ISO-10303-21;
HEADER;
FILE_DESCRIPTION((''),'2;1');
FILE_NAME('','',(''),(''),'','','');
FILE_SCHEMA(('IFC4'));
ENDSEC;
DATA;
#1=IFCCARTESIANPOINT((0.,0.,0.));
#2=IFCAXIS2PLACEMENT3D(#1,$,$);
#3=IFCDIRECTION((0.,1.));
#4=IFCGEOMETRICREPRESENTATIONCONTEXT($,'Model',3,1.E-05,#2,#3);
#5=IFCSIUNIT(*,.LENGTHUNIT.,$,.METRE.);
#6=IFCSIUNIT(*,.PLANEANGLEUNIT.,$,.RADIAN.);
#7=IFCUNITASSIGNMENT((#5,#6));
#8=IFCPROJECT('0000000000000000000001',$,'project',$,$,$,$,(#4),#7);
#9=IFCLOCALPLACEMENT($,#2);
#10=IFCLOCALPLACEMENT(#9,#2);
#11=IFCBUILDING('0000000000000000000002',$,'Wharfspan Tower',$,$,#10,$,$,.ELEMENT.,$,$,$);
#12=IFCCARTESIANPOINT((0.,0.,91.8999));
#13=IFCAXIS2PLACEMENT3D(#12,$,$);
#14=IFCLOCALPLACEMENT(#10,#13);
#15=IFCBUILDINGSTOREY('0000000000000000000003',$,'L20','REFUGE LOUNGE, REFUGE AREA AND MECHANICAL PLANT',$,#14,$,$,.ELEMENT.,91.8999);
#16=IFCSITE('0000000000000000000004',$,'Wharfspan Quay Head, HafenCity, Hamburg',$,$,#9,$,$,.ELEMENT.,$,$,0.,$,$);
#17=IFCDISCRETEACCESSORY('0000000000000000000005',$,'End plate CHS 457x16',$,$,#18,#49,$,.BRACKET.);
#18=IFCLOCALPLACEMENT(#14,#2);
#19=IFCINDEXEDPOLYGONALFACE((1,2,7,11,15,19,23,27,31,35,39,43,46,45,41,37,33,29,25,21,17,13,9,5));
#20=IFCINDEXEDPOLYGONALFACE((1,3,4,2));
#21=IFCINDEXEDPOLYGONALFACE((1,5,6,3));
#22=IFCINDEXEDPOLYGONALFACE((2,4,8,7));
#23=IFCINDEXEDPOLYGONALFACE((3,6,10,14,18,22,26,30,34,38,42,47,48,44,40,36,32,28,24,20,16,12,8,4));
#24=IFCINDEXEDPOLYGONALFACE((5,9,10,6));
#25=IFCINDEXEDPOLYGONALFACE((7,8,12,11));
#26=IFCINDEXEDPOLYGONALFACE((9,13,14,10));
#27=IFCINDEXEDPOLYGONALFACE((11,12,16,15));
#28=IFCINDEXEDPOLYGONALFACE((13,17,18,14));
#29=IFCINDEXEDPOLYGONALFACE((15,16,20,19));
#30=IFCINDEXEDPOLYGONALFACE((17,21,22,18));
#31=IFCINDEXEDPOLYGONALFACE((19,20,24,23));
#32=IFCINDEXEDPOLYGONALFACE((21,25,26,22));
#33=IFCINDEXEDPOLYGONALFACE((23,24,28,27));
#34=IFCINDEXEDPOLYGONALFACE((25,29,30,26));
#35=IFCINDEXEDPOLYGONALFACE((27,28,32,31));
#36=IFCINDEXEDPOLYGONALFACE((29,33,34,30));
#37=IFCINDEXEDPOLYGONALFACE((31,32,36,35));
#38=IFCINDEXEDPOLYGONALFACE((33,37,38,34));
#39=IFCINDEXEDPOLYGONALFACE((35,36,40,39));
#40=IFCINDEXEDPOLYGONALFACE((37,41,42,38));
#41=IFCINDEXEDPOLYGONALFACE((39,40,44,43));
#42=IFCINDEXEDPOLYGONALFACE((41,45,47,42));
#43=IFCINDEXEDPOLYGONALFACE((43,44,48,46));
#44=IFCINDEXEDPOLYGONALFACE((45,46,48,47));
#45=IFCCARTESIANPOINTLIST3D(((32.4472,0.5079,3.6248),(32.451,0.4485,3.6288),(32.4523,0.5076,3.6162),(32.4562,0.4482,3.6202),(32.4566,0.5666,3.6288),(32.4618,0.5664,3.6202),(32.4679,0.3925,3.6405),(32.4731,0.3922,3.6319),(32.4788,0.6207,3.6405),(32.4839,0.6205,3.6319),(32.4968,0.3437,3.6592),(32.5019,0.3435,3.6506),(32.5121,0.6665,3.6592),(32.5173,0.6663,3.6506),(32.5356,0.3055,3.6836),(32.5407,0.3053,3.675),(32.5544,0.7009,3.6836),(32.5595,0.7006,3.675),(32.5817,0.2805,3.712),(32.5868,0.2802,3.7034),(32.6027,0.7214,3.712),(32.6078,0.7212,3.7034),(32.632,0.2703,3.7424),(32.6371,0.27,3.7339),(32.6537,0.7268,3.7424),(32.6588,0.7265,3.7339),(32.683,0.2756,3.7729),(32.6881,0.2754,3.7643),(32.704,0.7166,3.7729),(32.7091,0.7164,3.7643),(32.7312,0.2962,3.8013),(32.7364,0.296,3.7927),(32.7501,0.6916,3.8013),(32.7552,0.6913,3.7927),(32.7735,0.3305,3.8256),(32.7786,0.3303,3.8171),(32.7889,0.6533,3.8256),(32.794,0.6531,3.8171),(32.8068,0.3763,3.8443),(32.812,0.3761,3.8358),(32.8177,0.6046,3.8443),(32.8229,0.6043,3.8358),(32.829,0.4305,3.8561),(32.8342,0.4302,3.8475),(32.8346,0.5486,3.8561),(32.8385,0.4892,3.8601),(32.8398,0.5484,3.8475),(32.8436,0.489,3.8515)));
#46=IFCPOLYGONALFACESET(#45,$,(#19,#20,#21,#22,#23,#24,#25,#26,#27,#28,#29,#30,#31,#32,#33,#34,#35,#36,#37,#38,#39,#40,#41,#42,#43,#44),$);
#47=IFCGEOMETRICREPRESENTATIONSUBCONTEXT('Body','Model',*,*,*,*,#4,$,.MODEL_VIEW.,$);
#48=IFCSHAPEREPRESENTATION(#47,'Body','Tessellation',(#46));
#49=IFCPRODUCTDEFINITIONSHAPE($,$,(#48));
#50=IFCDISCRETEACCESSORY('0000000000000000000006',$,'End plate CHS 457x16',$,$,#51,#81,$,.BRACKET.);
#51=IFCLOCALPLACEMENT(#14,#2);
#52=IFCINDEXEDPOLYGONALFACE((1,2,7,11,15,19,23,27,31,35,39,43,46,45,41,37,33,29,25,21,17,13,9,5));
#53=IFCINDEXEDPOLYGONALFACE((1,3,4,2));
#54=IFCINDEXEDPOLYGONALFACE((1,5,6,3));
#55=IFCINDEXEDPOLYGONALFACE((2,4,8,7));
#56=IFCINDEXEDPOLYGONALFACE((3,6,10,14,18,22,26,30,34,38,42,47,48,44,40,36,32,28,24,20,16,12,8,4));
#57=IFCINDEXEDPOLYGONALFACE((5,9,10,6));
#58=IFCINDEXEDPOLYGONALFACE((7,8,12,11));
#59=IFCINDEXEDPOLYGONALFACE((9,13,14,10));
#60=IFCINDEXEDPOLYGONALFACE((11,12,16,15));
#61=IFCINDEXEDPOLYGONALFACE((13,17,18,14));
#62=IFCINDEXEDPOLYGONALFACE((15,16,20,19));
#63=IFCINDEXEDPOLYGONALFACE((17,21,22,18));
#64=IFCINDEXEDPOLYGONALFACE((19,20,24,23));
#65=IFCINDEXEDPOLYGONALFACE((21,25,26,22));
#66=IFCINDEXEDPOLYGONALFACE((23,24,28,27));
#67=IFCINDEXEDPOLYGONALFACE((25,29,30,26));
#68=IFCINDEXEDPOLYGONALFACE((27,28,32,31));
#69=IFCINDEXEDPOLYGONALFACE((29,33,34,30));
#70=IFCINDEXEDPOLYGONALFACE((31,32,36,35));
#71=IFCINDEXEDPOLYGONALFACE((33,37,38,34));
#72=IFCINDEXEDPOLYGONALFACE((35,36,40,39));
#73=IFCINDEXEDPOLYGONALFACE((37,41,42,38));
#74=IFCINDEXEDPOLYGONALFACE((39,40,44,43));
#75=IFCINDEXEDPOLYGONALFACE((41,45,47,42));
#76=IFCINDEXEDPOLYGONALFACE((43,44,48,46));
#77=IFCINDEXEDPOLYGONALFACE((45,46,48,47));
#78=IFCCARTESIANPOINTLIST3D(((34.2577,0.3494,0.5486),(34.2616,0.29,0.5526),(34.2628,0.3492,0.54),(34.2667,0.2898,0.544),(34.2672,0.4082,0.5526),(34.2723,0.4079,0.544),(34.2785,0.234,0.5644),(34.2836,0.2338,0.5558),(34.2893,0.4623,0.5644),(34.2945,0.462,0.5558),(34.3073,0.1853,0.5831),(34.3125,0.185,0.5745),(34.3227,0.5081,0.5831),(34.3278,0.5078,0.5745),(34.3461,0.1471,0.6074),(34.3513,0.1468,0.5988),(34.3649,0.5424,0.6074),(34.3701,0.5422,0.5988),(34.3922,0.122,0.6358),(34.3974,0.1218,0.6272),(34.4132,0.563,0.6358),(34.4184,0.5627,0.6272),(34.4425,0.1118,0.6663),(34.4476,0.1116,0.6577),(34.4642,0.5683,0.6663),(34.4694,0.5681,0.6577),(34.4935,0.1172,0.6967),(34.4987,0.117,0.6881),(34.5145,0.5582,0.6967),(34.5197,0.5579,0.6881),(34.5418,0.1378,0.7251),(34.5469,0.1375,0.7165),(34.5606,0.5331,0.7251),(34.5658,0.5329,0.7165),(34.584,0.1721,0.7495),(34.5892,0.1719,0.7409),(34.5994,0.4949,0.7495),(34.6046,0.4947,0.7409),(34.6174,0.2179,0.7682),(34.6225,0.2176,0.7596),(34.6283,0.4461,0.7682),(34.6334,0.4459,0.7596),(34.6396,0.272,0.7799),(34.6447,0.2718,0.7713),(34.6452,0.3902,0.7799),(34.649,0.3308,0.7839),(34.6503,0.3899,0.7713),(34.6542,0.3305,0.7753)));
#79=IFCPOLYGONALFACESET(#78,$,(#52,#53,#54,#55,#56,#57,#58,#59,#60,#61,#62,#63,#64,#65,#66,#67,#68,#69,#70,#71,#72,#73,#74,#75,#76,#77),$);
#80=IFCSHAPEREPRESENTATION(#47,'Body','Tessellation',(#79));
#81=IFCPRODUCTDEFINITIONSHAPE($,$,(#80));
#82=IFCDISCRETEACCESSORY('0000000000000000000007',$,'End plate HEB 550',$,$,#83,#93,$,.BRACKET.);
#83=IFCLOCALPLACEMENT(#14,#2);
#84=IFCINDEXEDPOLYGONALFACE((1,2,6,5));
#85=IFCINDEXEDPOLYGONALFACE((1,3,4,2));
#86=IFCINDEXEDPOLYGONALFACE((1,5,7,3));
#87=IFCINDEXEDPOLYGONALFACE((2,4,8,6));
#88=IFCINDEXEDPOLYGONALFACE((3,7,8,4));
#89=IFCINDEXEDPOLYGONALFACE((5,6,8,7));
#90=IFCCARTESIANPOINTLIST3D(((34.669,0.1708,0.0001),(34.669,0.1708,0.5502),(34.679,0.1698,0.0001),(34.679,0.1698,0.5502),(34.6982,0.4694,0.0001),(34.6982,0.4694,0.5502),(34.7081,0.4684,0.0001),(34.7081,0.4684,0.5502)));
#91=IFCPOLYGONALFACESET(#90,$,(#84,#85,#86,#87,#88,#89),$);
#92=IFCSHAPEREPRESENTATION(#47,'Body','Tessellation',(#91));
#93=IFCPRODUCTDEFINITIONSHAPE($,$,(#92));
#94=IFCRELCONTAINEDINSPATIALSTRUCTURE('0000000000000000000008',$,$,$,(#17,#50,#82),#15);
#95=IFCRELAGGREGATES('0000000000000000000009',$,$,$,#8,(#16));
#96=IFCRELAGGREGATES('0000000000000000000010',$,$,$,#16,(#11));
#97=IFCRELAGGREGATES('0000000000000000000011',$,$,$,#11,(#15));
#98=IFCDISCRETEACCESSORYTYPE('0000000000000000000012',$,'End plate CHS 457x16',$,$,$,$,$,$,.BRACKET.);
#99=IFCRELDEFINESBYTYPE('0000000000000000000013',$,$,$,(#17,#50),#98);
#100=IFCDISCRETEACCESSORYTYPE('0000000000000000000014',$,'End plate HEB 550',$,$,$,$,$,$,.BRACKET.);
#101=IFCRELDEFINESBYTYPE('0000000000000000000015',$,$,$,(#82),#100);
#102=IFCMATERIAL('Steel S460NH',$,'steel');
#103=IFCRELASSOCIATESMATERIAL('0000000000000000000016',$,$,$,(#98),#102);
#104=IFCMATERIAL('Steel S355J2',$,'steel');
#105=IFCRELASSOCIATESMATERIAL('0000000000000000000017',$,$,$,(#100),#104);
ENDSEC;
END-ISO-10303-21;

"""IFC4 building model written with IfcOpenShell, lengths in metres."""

from ifc_helpers import new_model, si_unit, direction, frame, origin, origin_2d, place, context, subcontext, project, spatial, rectangle, circle, extrude, material, material_profile, profile_set, type_object, element, save


model = new_model("IFC4")

# Units and contexts
model_context = context("Model", 3, precision=1e-05, world=origin(), true_north=direction((0.0, 1.0)))
body_context = subcontext(model_context, "Body", "Model", "MODEL_VIEW")
ifc_project = project(units=[si_unit("LENGTHUNIT", "METRE"), si_unit("PLANEANGLEUNIT", "RADIAN")], contexts=[model_context])

# Site, building, storey
site_placement = place(None, origin())
site = spatial("IfcSite", under=ifc_project, at=site_placement, Name="Wharfspan Quay Head, HafenCity, Hamburg", CompositionType="ELEMENT", RefElevation=0.0)
building_placement = place(site_placement, origin())
building = spatial("IfcBuilding", under=site, at=building_placement, Name="Wharfspan Tower", CompositionType="ELEMENT")
storey_placement = place(building_placement, frame((0.0, 0.0, 91.8999)))
storey = spatial("IfcBuildingStorey", under=building, at=storey_placement, Name="L20", Description="REFUGE LOUNGE, REFUGE AREA AND MECHANICAL PLANT", CompositionType="ELEMENT", Elevation=91.8999)

# Shared definitions
ifc_material_1 = material(Name="Steel S460NH", Category="steel")

# Discrete accessories
ifc_material_profile_1 = material_profile(ifc_material_1, circle(Radius=0.2285, at=origin_2d()))
ifc_profile_set_1 = profile_set([ifc_material_profile_1], Name="Steel S460NH")
discrete_accessory_type_1 = type_object("IfcDiscreteAccessoryType", Name="End plate CHS 457x16", PredefinedType="BRACKET", material=ifc_profile_set_1)
for number, where, z_axis, x_axis, name in (
    (1, (32.6428, 0.4985, 3.7424), (0.514341, -0.024492, -0.857236), (0.047566, 0.998868, 0.000001), "End plate CHS 457x16"),
    (2, (34.4534, 0.3401, 0.6663), (0.514341, -0.024492, -0.857236), (0.047566, 0.998868, 0.000001), "End plate CHS 457x16"),
):
    element("IfcDiscreteAccessory", number, at=place(storey_placement, frame(where, z_axis=z_axis, x_axis=x_axis)), inside=storey, type_object=discrete_accessory_type_1, Name=name, PredefinedType="BRACKET", context=body_context, shape_type="SweptSolid", body=[
        extrude(circle(Radius=0.2285, at=origin_2d()), origin(), (0.0, 0.0, 1.0), 0.01),
    ])
ifc_material_2 = material(Name="Steel S355J2", Category="steel")
ifc_material_profile_2 = material_profile(ifc_material_2, rectangle(XDim=0.3, YDim=0.55, at=origin_2d()))
ifc_profile_set_2 = profile_set([ifc_material_profile_2], Name="Steel S355J2")
discrete_accessory_type_2 = type_object("IfcDiscreteAccessoryType", Name="End plate HEB 550", PredefinedType="BRACKET", material=ifc_profile_set_2)
discrete_accessory_1_placement = place(storey_placement, frame((34.6836, 0.3201, 0.2751), z_axis=(0.995275, -0.0971, 0.0), x_axis=(0.0971, 0.995275, 0.0)))
element("IfcDiscreteAccessory", 3, at=discrete_accessory_1_placement, inside=storey, type_object=discrete_accessory_type_2, Name="End plate HEB 550", PredefinedType="BRACKET", context=body_context, shape_type="SweptSolid", body=[
    extrude(rectangle(XDim=0.3, YDim=0.55, at=origin_2d()), origin(), (0.0, 0.0, 1.0), 0.01),
])

save(model, "model.ifc")
